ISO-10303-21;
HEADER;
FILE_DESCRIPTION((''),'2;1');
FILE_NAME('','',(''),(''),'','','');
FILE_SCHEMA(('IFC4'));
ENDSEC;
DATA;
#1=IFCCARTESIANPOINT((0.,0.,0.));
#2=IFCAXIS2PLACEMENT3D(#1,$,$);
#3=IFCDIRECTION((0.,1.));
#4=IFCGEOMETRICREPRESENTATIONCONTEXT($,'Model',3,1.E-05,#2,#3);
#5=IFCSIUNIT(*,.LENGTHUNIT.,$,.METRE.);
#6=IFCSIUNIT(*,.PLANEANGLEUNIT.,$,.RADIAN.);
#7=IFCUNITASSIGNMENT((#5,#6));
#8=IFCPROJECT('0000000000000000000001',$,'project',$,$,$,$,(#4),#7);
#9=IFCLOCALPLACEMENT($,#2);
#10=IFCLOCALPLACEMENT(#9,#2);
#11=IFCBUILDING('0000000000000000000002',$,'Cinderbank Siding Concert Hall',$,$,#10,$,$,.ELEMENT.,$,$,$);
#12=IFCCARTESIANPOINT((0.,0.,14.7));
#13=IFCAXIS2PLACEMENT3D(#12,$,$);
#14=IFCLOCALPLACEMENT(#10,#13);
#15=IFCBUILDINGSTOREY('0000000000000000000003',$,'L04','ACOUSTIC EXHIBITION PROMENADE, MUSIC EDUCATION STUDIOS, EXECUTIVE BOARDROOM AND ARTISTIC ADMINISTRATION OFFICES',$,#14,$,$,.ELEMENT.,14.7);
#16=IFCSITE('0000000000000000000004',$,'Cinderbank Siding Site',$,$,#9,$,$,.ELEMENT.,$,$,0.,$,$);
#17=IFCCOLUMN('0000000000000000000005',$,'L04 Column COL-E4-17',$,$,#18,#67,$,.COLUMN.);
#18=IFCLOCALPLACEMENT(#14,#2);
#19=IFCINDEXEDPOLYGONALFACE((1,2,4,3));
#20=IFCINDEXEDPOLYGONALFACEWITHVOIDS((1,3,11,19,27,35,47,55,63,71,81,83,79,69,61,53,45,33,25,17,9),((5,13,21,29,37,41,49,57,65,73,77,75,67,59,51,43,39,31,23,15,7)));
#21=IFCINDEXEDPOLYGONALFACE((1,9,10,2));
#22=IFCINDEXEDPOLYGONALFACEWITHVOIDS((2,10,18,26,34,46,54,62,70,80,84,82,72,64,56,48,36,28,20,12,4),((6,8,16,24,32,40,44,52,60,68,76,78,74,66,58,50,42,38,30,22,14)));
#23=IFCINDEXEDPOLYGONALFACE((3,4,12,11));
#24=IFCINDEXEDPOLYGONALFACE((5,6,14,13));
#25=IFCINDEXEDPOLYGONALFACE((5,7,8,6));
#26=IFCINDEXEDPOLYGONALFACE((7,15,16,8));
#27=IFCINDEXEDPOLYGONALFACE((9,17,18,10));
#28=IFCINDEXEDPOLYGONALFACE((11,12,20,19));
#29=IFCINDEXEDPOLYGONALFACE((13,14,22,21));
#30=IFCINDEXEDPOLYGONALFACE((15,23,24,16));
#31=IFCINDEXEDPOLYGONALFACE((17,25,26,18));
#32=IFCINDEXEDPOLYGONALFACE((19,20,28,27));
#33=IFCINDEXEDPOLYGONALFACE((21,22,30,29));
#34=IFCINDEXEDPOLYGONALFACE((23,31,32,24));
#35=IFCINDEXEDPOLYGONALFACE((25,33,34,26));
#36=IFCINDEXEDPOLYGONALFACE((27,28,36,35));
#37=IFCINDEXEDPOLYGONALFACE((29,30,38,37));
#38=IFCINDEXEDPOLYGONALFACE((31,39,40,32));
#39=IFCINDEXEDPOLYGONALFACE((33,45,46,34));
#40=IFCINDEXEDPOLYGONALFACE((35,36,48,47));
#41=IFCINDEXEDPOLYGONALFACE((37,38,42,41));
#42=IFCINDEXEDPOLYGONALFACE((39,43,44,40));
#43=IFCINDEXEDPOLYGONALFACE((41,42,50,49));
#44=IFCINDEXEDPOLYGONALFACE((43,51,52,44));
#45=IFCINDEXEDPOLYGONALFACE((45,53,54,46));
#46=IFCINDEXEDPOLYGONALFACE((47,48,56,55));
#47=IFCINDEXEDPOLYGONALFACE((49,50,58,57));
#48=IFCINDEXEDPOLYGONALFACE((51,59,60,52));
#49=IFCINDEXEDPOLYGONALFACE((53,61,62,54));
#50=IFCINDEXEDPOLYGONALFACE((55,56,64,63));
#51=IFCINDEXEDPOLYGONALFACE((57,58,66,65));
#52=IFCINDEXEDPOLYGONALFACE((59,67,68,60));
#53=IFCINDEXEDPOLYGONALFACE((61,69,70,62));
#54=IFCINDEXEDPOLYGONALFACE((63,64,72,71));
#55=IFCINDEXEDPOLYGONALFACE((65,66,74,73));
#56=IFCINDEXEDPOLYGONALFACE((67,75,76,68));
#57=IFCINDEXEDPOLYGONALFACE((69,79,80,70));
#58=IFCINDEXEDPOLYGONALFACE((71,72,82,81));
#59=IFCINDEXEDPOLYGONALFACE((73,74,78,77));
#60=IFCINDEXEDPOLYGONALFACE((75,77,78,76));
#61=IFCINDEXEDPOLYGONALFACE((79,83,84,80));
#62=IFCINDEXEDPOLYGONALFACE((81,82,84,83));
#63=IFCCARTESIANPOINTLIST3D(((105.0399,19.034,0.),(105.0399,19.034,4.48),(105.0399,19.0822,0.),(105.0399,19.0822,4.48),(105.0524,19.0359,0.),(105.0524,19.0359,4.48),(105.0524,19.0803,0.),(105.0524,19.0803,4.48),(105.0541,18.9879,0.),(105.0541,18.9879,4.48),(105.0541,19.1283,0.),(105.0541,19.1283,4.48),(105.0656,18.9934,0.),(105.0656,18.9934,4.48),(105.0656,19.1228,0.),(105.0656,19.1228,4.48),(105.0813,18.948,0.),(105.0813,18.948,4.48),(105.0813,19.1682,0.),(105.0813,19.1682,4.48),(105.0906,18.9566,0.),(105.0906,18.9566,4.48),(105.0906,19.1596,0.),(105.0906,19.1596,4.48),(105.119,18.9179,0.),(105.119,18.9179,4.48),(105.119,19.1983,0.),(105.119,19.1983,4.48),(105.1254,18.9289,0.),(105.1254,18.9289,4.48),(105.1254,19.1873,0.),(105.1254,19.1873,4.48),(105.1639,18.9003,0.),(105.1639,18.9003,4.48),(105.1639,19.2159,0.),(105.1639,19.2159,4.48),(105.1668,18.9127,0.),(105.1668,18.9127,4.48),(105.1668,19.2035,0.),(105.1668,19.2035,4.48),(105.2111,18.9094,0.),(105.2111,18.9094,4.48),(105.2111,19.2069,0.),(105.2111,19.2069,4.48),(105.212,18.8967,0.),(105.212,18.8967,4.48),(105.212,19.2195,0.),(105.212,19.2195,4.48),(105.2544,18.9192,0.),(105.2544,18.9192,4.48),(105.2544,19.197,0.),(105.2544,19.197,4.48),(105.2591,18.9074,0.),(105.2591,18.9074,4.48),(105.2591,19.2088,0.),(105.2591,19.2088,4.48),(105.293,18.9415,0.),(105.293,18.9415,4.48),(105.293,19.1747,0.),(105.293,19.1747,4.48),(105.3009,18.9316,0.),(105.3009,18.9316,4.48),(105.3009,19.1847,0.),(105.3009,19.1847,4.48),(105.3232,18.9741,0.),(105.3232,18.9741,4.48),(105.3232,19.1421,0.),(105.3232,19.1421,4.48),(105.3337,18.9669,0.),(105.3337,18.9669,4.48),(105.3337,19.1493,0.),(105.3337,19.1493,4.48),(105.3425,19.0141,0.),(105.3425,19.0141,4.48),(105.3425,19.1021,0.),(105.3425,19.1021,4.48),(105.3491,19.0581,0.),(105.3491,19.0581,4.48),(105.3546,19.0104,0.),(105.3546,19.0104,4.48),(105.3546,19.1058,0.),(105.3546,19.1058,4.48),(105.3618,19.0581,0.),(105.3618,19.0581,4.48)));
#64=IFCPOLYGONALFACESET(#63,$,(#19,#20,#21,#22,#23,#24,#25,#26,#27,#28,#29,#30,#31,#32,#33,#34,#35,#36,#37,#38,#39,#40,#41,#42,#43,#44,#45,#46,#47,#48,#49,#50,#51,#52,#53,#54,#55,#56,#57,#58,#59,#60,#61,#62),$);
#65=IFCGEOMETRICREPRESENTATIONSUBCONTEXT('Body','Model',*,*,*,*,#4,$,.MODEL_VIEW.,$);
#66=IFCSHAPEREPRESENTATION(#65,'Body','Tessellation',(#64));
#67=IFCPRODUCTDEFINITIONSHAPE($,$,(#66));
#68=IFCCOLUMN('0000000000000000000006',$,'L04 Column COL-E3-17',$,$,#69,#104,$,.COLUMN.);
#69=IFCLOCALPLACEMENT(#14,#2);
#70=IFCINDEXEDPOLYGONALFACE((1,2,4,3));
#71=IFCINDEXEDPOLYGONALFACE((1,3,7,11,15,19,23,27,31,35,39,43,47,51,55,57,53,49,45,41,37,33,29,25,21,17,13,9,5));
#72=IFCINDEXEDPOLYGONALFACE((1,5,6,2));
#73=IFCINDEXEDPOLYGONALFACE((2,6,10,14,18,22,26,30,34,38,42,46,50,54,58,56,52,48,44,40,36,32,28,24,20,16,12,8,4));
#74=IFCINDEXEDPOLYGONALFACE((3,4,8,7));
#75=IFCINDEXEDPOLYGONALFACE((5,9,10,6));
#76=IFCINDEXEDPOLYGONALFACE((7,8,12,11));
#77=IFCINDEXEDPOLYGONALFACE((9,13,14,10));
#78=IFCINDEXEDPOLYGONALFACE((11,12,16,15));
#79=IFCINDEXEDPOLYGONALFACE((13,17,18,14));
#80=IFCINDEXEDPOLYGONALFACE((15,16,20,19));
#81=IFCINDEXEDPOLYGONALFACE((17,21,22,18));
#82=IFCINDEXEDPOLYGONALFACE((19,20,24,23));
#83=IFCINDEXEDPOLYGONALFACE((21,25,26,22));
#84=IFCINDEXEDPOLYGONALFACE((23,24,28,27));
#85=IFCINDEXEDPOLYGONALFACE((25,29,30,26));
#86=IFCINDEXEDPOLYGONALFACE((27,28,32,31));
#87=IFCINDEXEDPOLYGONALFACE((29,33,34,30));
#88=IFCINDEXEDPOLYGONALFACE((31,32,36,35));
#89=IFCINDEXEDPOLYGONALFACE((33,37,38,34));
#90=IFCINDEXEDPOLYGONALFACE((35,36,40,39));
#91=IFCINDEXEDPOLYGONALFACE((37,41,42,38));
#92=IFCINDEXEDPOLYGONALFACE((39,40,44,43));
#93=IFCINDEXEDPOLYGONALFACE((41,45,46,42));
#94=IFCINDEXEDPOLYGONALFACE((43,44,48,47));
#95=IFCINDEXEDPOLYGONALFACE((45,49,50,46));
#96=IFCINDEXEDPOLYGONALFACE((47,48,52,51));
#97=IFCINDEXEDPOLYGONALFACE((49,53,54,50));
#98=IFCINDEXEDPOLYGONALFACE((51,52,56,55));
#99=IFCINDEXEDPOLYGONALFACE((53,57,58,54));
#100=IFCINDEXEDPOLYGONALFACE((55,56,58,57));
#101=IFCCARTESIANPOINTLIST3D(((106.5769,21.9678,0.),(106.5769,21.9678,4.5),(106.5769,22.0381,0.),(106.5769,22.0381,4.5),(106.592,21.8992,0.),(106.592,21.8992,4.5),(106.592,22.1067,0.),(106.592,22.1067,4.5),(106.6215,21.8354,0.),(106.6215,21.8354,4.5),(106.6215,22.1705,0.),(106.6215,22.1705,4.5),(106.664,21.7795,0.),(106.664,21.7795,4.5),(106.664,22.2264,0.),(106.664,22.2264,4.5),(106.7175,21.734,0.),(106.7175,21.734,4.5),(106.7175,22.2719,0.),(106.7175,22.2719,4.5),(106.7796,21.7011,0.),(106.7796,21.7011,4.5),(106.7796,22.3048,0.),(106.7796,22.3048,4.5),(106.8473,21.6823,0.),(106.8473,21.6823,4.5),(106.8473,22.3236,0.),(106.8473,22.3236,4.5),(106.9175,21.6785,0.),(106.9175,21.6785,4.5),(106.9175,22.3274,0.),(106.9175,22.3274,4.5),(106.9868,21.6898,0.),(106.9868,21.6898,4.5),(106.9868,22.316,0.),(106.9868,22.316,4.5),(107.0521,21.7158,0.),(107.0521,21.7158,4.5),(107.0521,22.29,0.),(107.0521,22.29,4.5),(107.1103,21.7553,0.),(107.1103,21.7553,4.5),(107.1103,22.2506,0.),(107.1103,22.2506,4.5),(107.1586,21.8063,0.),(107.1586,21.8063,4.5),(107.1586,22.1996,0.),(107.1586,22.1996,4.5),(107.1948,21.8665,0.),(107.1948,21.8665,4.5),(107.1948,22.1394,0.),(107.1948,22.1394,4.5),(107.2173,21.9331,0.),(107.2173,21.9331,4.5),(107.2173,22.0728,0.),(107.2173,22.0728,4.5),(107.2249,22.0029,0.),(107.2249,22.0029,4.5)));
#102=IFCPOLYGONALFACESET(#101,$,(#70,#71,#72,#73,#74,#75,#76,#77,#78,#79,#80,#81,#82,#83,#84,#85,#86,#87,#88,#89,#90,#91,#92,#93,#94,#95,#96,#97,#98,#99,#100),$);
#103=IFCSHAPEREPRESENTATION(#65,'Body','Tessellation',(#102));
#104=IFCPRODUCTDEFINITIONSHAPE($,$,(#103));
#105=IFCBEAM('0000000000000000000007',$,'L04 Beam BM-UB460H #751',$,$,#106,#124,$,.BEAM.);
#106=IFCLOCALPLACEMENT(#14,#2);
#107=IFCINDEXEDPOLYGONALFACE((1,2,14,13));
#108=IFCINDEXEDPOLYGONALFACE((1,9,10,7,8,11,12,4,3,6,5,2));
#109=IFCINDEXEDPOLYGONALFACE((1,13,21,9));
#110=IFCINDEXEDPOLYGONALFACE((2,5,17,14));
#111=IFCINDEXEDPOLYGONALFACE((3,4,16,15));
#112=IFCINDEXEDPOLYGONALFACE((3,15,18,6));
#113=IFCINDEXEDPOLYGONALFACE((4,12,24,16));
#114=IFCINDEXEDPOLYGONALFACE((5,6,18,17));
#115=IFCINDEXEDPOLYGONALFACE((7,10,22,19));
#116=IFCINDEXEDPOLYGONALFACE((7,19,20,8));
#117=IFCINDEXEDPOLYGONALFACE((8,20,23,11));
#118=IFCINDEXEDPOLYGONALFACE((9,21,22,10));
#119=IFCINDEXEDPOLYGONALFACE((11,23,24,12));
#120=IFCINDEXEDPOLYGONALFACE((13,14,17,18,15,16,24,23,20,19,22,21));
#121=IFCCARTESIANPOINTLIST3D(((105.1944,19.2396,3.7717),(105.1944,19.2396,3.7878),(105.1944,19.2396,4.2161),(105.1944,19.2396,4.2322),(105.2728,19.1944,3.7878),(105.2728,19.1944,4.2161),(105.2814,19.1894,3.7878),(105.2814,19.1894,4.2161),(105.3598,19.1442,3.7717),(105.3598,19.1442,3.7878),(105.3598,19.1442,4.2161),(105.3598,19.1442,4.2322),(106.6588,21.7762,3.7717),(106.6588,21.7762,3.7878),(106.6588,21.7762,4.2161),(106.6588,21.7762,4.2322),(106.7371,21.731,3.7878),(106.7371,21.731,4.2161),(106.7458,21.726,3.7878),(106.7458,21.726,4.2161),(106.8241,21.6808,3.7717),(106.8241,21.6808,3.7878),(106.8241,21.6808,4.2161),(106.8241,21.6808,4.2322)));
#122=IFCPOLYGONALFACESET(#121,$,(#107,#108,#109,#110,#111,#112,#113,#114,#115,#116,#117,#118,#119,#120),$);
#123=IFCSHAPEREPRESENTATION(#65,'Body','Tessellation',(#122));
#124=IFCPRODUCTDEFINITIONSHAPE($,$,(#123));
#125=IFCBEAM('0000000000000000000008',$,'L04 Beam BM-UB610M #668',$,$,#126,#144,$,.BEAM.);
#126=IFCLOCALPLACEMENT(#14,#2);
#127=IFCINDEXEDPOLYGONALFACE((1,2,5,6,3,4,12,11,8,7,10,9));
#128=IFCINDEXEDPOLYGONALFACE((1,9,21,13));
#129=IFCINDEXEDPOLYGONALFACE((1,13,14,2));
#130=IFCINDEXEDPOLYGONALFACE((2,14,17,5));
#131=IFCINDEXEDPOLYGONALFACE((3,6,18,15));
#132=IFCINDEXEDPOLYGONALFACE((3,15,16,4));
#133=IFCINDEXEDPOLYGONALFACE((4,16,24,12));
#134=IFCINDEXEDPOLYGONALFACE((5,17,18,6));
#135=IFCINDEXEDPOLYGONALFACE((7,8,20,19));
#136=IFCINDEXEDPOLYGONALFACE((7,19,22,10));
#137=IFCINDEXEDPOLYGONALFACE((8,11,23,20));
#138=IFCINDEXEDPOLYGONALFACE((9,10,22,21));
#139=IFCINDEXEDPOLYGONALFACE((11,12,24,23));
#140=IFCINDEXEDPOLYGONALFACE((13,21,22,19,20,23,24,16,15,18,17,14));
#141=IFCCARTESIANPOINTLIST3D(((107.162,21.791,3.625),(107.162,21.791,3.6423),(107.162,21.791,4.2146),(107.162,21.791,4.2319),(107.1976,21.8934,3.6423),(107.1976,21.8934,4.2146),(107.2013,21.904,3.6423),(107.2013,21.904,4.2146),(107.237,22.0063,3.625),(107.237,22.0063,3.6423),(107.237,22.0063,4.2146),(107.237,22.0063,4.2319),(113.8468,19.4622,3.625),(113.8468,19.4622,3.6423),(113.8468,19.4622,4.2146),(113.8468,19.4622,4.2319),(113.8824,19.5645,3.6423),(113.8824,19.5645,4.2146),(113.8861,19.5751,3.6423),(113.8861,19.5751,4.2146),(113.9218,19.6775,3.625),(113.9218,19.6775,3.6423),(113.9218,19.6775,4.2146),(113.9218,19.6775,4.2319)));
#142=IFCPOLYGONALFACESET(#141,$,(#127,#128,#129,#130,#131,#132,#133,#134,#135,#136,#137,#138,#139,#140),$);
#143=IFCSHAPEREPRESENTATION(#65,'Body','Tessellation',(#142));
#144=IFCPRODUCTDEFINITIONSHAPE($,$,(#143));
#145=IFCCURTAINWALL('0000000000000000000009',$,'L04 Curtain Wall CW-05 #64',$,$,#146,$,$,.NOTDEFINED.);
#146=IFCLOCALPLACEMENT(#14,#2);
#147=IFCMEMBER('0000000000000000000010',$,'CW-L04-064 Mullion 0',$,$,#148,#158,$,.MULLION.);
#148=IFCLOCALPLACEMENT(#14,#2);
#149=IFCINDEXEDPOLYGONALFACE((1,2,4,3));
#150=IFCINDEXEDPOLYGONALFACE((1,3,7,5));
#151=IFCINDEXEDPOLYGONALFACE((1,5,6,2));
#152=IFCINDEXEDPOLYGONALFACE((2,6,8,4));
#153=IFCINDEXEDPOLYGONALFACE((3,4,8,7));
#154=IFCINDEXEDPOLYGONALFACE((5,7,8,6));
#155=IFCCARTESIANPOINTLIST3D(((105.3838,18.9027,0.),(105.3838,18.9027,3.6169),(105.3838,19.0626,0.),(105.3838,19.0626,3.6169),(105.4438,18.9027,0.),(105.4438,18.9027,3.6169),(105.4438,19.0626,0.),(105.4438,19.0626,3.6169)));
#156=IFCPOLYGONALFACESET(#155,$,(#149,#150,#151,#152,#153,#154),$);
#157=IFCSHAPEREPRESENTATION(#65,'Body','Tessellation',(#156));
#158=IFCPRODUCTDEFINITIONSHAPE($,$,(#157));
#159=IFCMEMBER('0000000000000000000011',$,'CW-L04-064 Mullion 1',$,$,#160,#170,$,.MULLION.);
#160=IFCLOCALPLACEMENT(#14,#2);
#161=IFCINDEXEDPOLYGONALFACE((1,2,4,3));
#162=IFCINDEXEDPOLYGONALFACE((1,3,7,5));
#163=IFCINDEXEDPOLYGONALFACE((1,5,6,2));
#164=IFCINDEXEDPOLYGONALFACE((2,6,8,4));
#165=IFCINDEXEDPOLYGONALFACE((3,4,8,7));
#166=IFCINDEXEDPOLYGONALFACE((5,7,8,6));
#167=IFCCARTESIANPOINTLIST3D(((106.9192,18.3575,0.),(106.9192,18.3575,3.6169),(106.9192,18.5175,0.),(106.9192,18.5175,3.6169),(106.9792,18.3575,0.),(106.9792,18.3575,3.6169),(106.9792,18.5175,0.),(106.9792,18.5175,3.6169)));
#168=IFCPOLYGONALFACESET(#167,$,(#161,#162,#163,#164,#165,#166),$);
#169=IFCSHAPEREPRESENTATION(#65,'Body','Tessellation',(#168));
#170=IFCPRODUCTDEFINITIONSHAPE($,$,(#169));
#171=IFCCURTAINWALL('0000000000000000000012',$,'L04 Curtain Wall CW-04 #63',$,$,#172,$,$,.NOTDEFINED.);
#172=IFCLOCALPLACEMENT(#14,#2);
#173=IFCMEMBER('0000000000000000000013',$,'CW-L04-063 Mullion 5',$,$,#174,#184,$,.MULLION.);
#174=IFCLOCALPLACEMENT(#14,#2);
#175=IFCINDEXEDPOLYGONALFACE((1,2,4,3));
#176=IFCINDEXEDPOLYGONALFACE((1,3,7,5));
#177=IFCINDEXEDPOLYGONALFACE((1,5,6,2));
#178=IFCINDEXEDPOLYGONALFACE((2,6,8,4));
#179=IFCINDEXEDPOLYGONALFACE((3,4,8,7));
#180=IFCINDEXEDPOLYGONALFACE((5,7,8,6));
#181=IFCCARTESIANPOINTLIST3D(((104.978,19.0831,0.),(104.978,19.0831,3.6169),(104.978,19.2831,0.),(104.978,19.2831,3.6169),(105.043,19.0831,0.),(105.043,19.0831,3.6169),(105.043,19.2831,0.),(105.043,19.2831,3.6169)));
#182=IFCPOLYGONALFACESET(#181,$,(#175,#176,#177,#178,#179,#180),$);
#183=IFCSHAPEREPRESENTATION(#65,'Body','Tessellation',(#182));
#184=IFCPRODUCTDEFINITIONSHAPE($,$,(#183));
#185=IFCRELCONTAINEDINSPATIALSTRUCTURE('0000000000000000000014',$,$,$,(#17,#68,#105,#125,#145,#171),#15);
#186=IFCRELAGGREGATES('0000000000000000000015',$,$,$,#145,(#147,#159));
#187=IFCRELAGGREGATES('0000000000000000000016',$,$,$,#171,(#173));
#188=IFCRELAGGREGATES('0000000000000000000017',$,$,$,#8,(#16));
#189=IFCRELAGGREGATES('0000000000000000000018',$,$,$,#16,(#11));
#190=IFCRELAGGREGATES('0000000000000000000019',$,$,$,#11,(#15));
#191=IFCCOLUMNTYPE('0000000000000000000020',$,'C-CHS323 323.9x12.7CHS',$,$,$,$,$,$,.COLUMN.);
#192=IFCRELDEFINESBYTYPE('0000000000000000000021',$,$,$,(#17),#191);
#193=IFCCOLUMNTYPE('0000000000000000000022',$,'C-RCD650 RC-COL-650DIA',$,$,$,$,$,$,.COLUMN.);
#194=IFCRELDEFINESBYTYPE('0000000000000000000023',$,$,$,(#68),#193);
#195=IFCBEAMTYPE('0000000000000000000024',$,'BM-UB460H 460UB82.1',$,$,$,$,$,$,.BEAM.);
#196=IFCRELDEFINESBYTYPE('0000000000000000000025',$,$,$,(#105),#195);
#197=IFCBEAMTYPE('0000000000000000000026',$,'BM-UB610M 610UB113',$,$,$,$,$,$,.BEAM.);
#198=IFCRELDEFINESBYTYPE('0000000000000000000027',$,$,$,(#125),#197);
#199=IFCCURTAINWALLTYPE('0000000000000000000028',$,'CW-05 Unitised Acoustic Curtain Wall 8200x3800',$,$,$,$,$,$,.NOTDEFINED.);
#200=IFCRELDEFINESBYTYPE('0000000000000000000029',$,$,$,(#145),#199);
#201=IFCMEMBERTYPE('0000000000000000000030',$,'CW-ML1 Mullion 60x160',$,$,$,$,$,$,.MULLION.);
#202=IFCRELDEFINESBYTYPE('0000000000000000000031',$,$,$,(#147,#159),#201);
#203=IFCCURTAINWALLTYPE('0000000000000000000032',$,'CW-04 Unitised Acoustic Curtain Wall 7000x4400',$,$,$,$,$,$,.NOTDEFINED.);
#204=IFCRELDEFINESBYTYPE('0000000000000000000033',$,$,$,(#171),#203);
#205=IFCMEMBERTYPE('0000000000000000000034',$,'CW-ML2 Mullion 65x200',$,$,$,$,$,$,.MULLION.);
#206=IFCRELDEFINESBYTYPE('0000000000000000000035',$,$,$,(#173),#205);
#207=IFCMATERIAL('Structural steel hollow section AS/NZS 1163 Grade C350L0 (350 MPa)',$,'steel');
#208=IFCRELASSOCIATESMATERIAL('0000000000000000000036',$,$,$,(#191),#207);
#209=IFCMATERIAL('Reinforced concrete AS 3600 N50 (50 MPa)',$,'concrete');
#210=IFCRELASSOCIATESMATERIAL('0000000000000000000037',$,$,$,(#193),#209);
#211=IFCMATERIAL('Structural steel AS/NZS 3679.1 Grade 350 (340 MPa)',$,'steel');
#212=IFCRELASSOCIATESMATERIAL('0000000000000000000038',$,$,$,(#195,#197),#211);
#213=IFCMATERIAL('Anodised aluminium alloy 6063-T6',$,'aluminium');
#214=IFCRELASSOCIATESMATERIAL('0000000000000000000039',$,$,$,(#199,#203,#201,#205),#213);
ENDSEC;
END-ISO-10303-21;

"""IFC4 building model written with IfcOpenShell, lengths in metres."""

from ifc_helpers import new_model, si_unit, direction, frame, origin, origin_2d, place, context, subcontext, project, spatial, rectangle, circle, hollow_circle, i_section, extrude, material, material_profile, profile_set, type_object, element, aggregate, save


model = new_model("IFC4")

# Units and contexts
model_context = context("Model", 3, precision=1e-05, world=origin(), true_north=direction((0.0, 1.0)))
body_context = subcontext(model_context, "Body", "Model", "MODEL_VIEW")
ifc_project = project(units=[si_unit("LENGTHUNIT", "METRE"), si_unit("PLANEANGLEUNIT", "RADIAN")], contexts=[model_context])

# Site, building, storey
site_placement = place(None, origin())
site = spatial("IfcSite", under=ifc_project, at=site_placement, Name="Cinderbank Siding Site", CompositionType="ELEMENT", RefElevation=0.0)
building_placement = place(site_placement, origin())
building = spatial("IfcBuilding", under=site, at=building_placement, Name="Cinderbank Siding Concert Hall", CompositionType="ELEMENT")
storey_placement = place(building_placement, frame((0.0, 0.0, 14.7)))
storey = spatial("IfcBuildingStorey", under=building, at=storey_placement, Name="L04", Description="ACOUSTIC EXHIBITION PROMENADE, MUSIC EDUCATION STUDIOS, EXECUTIVE BOARDROOM AND ARTISTIC ADMINISTRATION OFFICES", CompositionType="ELEMENT", Elevation=14.7)

# Columns
ifc_material_1 = material(Name="Structural steel hollow section AS/NZS 1163 Grade C350L0 (350 MPa)", Category="steel")
ifc_material_profile_1 = material_profile(ifc_material_1, hollow_circle(Radius=0.1619, WallThickness=0.0127, at=origin_2d()), Name="323.9x12.7CHS", Category="LoadBearing")
ifc_profile_set_1 = profile_set([ifc_material_profile_1], Name="Structural steel hollow section AS/NZS 1163 Grade C350L0 (350 MPa)")
column_type_1 = type_object("IfcColumnType", Name="C-CHS323 323.9x12.7CHS", PredefinedType="COLUMN", material=ifc_profile_set_1)
column_1_placement = place(storey_placement, frame((105.2, 19.0581, 0.0), z_axis=(0.0, 0.0, 1.0), x_axis=(1.0, 0.0, 0.0)))
element("IfcColumn", 1, at=column_1_placement, inside=storey, type_object=column_type_1, Name="L04 Column COL-E4-17", PredefinedType="COLUMN", context=body_context, shape_type="SweptSolid", body=[
    extrude(hollow_circle(Radius=0.1619, WallThickness=0.0127, at=origin_2d()), origin(), (0.0, 0.0, 1.0), 4.48),
])
ifc_material_2 = material(Name="Reinforced concrete AS 3600 N50 (50 MPa)", Category="concrete")
ifc_material_profile_2 = material_profile(ifc_material_2, circle(Radius=0.325, at=origin_2d()), Name="RC-COL-650DIA", Category="LoadBearing")
ifc_profile_set_2 = profile_set([ifc_material_profile_2], Name="Reinforced concrete AS 3600 N50 (50 MPa)")
column_type_2 = type_object("IfcColumnType", Name="C-RCD650 RC-COL-650DIA", PredefinedType="COLUMN", material=ifc_profile_set_2)
column_2_placement = place(storey_placement, frame((106.8999, 22.0029, 0.0), z_axis=(0.0, 0.0, 1.0), x_axis=(1.0, 0.0, 0.0)))
element("IfcColumn", 2, at=column_2_placement, inside=storey, type_object=column_type_2, Name="L04 Column COL-E3-17", PredefinedType="COLUMN", context=body_context, shape_type="SweptSolid", body=[
    extrude(circle(Radius=0.325, at=origin_2d()), origin(), (0.0, 0.0, 1.0), 4.5),
])

# Beams
ifc_material_3 = material(Name="Structural steel AS/NZS 3679.1 Grade 350 (340 MPa)", Category="steel")
ifc_material_profile_3 = material_profile(ifc_material_3, i_section(OverallWidth=0.1909, OverallDepth=0.4604, WebThickness=0.01, FlangeThickness=0.0161, at=origin_2d()), Name="460UB82.1", Category="LoadBearing")
ifc_profile_set_3 = profile_set([ifc_material_profile_3], Name="Structural steel AS/NZS 3679.1 Grade 350 (340 MPa)")
beam_type_1 = type_object("IfcBeamType", Name="BM-UB460H 460UB82.1", PredefinedType="BEAM", material=ifc_profile_set_3)
beam_1_placement = place(storey_placement, frame((106.7415, 21.7285, 4.002), z_axis=(-0.499958, -0.86605, 0.0), x_axis=(0.86605, -0.499958, 0.0)))
element("IfcBeam", 3, at=beam_1_placement, inside=storey, type_object=beam_type_1, Name="L04 Beam BM-UB460H #751", PredefinedType="BEAM", context=body_context, shape_type="SweptSolid", body=[
    extrude(i_section(OverallWidth=0.1909, OverallDepth=0.4604, WebThickness=0.01, FlangeThickness=0.0161, at=origin_2d()), origin(), (0.0, 0.0, 1.0), 2.929),
])
ifc_material_profile_4 = material_profile(ifc_material_3, i_section(OverallWidth=0.228, OverallDepth=0.6069, WebThickness=0.0112, FlangeThickness=0.0173, at=origin_2d()), Name="610UB113", Category="LoadBearing")
ifc_profile_set_4 = profile_set([ifc_material_profile_4], Name="Structural steel AS/NZS 3679.1 Grade 350 (340 MPa)")
beam_type_2 = type_object("IfcBeamType", Name="BM-UB610M 610UB113", PredefinedType="BEAM", material=ifc_profile_set_4)
beam_2_placement = place(storey_placement, frame((107.1995, 21.8987, 3.9285), z_axis=(0.944334, -0.328987, 0.0), x_axis=(0.328987, 0.944334, 0.0)))
element("IfcBeam", 4, at=beam_2_placement, inside=storey, type_object=beam_type_2, Name="L04 Beam BM-UB610M #668", PredefinedType="BEAM", context=body_context, shape_type="SweptSolid", body=[
    extrude(i_section(OverallWidth=0.228, OverallDepth=0.6069, WebThickness=0.0112, FlangeThickness=0.0173, at=origin_2d()), origin(), (0.0, 0.0, 1.0), 7.0789),
])

# Curtain wall, members
ifc_material_4 = material(Name="Anodised aluminium alloy 6063-T6", Category="aluminium")
curtain_wall_type_1 = type_object("IfcCurtainWallType", Name="CW-05 Unitised Acoustic Curtain Wall 8200x3800", PredefinedType="NOTDEFINED", material=ifc_material_4)
curtain_wall_1_placement = place(storey_placement, origin())
curtain_wall_1 = element("IfcCurtainWall", 5, at=curtain_wall_1_placement, inside=storey, type_object=curtain_wall_type_1, Name="L04 Curtain Wall CW-05 #64", PredefinedType="NOTDEFINED")
ifc_material_profile_5 = material_profile(ifc_material_4, rectangle(XDim=0.0601, YDim=0.1599, at=origin_2d()), Name="ALU-MULL-60x160", Category="LoadBearing")
ifc_profile_set_5 = profile_set([ifc_material_profile_5], Name="Anodised aluminium alloy 6063-T6")
member_type_1 = type_object("IfcMemberType", Name="CW-ML1 Mullion 60x160", PredefinedType="MULLION", material=ifc_profile_set_5)
member_1_placement = place(storey_placement, frame((105.4138, 18.9827, 0.0), z_axis=(0.0, 0.0, 1.0), x_axis=(1.0, 0.0, 0.0)))
member_1 = element("IfcMember", 6, at=member_1_placement, type_object=member_type_1, Name="CW-L04-064 Mullion 0", PredefinedType="MULLION", context=body_context, shape_type="SweptSolid", body=[
    extrude(rectangle(XDim=0.0601, YDim=0.1599, at=origin_2d()), origin(), (0.0, 0.0, 1.0), 3.6169),
])
member_2_placement = place(storey_placement, frame((106.9492, 18.4375, 0.0), z_axis=(0.0, 0.0, 1.0), x_axis=(1.0, 0.0, 0.0)))
member_2 = element("IfcMember", 7, at=member_2_placement, type_object=member_type_1, Name="CW-L04-064 Mullion 1", PredefinedType="MULLION", context=body_context, shape_type="SweptSolid", body=[
    extrude(rectangle(XDim=0.0601, YDim=0.1599, at=origin_2d()), origin(), (0.0, 0.0, 1.0), 3.6169),
])

# Curtain wall, member
curtain_wall_type_2 = type_object("IfcCurtainWallType", Name="CW-04 Unitised Acoustic Curtain Wall 7000x4400", PredefinedType="NOTDEFINED", material=ifc_material_4)
curtain_wall_2_placement = place(storey_placement, origin())
curtain_wall_2 = element("IfcCurtainWall", 8, at=curtain_wall_2_placement, inside=storey, type_object=curtain_wall_type_2, Name="L04 Curtain Wall CW-04 #63", PredefinedType="NOTDEFINED")
ifc_material_profile_6 = material_profile(ifc_material_4, rectangle(XDim=0.0649, YDim=0.2, at=origin_2d()), Name="ALU-MULL-65x200", Category="LoadBearing")
ifc_profile_set_6 = profile_set([ifc_material_profile_6], Name="Anodised aluminium alloy 6063-T6")
member_type_2 = type_object("IfcMemberType", Name="CW-ML2 Mullion 65x200", PredefinedType="MULLION", material=ifc_profile_set_6)
member_3_placement = place(storey_placement, frame((105.0105, 19.1831, 0.0), z_axis=(0.0, 0.0, 1.0), x_axis=(1.0, 0.0, 0.0)))
member_3 = element("IfcMember", 9, at=member_3_placement, type_object=member_type_2, Name="CW-L04-063 Mullion 5", PredefinedType="MULLION", context=body_context, shape_type="SweptSolid", body=[
    extrude(rectangle(XDim=0.0649, YDim=0.2, at=origin_2d()), origin(), (0.0, 0.0, 1.0), 3.6169),
])

aggregate(curtain_wall_1, [member_1, member_2])
aggregate(curtain_wall_2, [member_3])

save(model, "model.ifc")
